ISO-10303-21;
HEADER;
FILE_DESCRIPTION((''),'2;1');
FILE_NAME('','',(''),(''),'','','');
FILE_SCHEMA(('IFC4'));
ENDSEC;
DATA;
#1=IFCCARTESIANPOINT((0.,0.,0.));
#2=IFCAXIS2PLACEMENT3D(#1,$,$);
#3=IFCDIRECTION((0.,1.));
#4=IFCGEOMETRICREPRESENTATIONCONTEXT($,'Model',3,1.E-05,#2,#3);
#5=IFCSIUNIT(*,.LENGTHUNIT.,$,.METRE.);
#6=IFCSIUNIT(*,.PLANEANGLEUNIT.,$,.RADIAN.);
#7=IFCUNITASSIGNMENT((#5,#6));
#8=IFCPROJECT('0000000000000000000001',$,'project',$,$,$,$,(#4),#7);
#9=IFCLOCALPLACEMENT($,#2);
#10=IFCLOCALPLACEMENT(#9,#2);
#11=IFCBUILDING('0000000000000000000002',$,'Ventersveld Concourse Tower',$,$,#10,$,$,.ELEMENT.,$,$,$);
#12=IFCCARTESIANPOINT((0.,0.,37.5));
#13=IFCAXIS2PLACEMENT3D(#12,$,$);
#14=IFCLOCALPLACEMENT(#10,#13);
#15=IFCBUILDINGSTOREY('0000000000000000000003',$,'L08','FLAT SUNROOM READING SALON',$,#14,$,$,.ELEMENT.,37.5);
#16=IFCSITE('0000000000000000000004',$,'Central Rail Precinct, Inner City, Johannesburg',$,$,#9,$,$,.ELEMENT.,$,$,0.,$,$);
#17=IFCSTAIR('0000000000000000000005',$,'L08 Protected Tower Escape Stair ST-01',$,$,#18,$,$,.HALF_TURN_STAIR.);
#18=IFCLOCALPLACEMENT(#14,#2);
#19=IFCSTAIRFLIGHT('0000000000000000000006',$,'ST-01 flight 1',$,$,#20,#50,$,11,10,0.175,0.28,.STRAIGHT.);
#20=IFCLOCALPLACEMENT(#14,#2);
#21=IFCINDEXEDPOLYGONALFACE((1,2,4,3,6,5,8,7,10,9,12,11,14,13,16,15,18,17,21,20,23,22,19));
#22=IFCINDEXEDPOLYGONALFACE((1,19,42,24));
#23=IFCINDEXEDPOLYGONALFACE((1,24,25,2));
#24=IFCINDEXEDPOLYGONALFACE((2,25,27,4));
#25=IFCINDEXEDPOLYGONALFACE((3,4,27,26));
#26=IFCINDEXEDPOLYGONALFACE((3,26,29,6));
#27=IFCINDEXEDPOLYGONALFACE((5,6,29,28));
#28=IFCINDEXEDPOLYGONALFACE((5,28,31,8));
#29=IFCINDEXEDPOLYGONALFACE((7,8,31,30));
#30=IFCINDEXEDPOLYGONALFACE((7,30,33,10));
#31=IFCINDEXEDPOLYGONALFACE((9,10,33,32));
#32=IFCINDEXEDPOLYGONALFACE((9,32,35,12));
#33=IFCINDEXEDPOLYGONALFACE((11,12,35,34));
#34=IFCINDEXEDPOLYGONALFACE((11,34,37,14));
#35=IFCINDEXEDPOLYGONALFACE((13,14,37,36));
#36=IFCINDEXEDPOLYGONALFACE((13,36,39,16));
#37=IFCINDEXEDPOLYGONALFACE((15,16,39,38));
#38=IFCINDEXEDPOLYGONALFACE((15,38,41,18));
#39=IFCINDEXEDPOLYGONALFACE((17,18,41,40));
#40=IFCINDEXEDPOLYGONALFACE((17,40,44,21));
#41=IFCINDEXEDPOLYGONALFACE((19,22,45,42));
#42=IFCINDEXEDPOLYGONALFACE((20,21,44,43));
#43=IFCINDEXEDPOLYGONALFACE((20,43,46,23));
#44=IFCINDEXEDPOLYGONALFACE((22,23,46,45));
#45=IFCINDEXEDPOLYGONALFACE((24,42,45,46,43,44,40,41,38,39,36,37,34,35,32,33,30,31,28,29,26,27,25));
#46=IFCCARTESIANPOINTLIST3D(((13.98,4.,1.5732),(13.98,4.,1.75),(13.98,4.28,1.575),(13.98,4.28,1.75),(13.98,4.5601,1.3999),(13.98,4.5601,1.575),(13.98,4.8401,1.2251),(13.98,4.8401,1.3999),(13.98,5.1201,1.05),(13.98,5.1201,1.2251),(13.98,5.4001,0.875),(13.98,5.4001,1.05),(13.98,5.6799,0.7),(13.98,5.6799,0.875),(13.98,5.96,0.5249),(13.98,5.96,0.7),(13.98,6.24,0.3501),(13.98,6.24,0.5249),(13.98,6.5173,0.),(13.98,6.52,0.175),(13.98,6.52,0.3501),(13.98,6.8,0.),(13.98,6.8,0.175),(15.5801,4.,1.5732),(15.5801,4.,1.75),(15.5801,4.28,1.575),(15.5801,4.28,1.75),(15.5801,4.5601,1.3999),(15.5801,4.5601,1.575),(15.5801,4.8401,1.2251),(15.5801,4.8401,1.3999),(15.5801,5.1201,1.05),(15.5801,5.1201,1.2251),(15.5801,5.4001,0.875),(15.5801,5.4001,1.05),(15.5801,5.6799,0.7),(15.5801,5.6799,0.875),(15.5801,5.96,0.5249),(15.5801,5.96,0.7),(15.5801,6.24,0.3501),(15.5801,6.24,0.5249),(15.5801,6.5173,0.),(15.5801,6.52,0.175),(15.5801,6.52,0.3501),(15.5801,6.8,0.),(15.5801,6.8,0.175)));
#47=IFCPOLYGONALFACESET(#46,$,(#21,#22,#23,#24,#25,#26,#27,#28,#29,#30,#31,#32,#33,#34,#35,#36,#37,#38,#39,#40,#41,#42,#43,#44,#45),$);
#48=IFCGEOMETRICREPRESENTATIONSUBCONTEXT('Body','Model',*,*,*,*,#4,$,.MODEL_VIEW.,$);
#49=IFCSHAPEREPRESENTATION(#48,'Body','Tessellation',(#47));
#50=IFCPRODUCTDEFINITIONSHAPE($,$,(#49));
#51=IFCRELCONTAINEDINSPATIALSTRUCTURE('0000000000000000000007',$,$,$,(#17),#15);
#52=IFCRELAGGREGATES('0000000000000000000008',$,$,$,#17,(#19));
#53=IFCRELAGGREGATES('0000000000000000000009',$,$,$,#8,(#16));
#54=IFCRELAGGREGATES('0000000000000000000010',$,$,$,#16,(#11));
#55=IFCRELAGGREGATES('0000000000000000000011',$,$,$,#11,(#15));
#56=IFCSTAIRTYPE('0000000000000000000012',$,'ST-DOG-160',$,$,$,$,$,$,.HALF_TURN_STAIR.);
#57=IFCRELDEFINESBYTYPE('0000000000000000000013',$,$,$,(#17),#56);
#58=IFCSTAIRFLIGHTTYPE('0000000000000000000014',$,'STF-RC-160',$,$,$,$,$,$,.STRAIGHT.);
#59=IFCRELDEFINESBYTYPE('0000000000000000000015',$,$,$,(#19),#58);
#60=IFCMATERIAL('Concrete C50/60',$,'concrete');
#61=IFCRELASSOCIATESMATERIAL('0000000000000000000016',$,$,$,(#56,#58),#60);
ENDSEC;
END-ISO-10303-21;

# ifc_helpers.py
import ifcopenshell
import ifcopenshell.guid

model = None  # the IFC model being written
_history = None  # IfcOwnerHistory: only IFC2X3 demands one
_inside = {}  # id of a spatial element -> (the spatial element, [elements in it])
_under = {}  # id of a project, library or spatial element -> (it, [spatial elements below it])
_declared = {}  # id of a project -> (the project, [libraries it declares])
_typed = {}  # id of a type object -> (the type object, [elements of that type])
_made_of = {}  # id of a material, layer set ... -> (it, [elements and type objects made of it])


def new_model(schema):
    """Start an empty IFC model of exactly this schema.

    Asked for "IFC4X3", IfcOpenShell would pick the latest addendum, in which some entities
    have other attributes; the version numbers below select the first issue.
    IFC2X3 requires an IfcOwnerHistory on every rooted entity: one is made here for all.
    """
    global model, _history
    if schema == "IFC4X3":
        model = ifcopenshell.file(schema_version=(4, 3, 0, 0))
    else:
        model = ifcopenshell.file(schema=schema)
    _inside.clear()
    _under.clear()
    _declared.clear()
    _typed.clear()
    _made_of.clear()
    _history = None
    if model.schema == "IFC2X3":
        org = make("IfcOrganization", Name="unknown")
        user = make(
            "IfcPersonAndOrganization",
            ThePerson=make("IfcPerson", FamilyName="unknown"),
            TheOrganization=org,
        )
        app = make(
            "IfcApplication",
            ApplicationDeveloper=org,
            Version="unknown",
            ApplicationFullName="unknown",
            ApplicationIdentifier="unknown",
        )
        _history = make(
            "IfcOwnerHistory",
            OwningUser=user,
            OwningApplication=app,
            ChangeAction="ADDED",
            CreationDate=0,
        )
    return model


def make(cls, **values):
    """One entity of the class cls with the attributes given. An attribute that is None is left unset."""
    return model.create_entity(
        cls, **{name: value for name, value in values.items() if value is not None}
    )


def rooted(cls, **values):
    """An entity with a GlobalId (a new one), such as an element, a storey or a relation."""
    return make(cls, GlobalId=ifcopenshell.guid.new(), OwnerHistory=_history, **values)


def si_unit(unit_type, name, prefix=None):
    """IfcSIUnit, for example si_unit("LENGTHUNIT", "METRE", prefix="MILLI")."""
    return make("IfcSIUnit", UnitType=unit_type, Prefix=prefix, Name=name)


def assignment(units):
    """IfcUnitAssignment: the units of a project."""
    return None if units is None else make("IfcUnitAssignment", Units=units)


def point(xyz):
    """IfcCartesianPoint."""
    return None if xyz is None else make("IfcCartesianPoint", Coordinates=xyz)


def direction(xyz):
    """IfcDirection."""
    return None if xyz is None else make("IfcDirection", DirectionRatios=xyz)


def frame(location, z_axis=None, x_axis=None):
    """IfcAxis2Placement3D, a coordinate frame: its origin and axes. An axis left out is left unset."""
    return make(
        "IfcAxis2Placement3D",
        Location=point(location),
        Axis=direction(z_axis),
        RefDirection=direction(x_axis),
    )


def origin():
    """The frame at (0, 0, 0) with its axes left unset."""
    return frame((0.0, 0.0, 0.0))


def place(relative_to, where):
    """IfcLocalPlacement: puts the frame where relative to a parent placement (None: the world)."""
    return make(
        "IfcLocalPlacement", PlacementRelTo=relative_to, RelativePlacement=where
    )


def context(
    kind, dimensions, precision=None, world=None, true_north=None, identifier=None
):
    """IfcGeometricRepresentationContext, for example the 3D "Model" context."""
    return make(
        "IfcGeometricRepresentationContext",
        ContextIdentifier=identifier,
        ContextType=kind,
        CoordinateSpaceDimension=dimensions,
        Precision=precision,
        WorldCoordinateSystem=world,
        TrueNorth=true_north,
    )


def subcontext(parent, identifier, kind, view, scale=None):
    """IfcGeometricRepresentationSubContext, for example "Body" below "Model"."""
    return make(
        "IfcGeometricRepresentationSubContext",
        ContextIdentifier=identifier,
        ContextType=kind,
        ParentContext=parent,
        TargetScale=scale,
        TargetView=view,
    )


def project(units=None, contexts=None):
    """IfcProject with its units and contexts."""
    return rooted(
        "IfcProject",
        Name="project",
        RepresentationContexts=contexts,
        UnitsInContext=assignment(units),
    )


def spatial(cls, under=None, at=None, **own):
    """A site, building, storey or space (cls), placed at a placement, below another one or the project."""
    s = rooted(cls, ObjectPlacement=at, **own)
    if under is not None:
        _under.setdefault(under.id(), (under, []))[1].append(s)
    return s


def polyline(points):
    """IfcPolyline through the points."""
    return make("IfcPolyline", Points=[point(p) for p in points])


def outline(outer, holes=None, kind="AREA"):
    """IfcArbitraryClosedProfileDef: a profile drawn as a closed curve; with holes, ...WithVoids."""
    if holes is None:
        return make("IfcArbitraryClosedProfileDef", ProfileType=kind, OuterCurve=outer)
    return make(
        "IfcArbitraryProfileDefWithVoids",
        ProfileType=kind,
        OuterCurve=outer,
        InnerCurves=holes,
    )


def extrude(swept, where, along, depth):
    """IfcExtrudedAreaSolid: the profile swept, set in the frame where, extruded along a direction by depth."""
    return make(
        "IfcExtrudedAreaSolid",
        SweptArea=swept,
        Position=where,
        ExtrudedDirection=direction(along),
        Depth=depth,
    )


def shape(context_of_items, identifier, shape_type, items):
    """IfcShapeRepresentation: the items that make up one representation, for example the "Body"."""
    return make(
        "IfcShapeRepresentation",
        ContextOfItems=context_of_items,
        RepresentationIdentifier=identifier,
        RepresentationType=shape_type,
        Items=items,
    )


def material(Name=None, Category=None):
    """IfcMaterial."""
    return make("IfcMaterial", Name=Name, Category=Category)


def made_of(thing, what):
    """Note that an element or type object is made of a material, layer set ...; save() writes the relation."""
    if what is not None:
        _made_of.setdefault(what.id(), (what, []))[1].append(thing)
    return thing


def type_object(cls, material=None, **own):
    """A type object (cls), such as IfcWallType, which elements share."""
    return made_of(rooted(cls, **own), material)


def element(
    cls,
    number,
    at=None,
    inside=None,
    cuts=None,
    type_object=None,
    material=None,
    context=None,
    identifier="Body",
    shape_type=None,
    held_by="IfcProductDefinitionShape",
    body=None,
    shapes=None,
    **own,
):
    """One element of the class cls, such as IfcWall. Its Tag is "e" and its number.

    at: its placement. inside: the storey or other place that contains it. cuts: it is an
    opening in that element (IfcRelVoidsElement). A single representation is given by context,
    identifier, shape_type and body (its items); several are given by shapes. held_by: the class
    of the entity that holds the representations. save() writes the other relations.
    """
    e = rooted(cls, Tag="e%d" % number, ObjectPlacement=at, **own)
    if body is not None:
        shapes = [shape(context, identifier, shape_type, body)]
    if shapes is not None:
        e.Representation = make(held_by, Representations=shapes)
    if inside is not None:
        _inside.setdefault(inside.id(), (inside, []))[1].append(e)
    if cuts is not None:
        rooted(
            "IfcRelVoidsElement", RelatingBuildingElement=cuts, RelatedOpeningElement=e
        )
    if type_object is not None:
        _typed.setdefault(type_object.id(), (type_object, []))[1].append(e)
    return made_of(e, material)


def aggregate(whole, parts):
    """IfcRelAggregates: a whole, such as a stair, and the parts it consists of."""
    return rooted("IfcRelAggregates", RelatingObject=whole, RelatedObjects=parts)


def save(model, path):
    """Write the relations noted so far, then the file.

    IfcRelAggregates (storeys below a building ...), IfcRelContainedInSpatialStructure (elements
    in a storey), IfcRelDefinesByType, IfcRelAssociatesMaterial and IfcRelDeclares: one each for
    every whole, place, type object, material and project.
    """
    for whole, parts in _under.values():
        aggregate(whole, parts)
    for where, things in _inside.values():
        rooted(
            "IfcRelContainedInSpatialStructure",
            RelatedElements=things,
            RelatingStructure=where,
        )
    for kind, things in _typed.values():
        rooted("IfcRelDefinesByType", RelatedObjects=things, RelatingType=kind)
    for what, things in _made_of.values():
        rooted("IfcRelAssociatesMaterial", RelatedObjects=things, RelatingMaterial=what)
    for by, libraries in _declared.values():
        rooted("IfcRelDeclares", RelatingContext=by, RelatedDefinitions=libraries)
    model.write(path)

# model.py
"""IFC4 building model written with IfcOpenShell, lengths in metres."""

from ifc_helpers import new_model, si_unit, direction, frame, origin, place, context, subcontext, project, spatial, polyline, outline, extrude, material, type_object, element, aggregate, save


model = new_model("IFC4")

# Units and contexts
model_context = context("Model", 3, precision=1e-05, world=origin(), true_north=direction((0.0, 1.0)))
body_context = subcontext(model_context, "Body", "Model", "MODEL_VIEW")
ifc_project = project(units=[si_unit("LENGTHUNIT", "METRE"), si_unit("PLANEANGLEUNIT", "RADIAN")], contexts=[model_context])

# Site, building, storey
site_placement = place(None, origin())
site = spatial("IfcSite", under=ifc_project, at=site_placement, Name="Central Rail Precinct, Inner City, Johannesburg", CompositionType="ELEMENT", RefElevation=0.0)
building_placement = place(site_placement, origin())
building = spatial("IfcBuilding", under=site, at=building_placement, Name="Ventersveld Concourse Tower", CompositionType="ELEMENT")
storey_placement = place(building_placement, frame((0.0, 0.0, 37.5)))
storey = spatial("IfcBuildingStorey", under=building, at=storey_placement, Name="L08", Description="FLAT SUNROOM READING SALON", CompositionType="ELEMENT", Elevation=37.5)

# Shared definitions
ifc_material_1 = material(Name="Concrete C50/60", Category="concrete")

# Stair, stair flight
stair_type = type_object("IfcStairType", Name="ST-DOG-160", PredefinedType="HALF_TURN_STAIR", material=ifc_material_1)
stair_placement = place(storey_placement, origin())
stair = element("IfcStair", 1, at=stair_placement, inside=storey, type_object=stair_type, Name="L08 Protected Tower Escape Stair ST-01", PredefinedType="HALF_TURN_STAIR")
stair_flight_type = type_object("IfcStairFlightType", Name="STF-RC-160", PredefinedType="STRAIGHT", material=ifc_material_1)
stair_flight_placement = place(storey_placement, frame((14.78, 6.8, 0.0), z_axis=(0.0, 0.0, 1.0), x_axis=(0.0, -1.0, 0.0)))
stair_flight = element("IfcStairFlight", 2, at=stair_flight_placement, type_object=stair_flight_type, Name="ST-01 flight 1", NumberOfRisers=11, NumberOfTreads=10, PredefinedType="STRAIGHT", RiserHeight=0.175, TreadLength=0.28, context=body_context, shape_type="SweptSolid", body=[
    extrude(outline(polyline([(0.0, 0.0), (0.0, 0.175), (0.28, 0.175), (0.28, 0.3501), (0.5601, 0.3501), (0.5601, 0.5249), (0.8401, 0.5249), (0.8401, 0.7), (1.1201, 0.7), (1.1201, 0.875), (1.3999, 0.875), (1.3999, 1.05), (1.6799, 1.05), (1.6799, 1.2251), (1.96, 1.2251), (1.96, 1.3999), (2.24, 1.3999), (2.24, 1.575), (2.52, 1.575), (2.52, 1.75), (2.8, 1.75), (2.8, 1.925), (2.8, 1.5732), (0.2827, 0.0), (0.0, 0.0)])), frame((0.0, 0.8, 0.0), z_axis=(0.0, -1.0, 0.0), x_axis=(1.0, 0.0, 0.0)), (0.0, 0.0, 1.0), 1.6001),
])
aggregate(stair, [stair_flight])

save(model, "model.ifc")
